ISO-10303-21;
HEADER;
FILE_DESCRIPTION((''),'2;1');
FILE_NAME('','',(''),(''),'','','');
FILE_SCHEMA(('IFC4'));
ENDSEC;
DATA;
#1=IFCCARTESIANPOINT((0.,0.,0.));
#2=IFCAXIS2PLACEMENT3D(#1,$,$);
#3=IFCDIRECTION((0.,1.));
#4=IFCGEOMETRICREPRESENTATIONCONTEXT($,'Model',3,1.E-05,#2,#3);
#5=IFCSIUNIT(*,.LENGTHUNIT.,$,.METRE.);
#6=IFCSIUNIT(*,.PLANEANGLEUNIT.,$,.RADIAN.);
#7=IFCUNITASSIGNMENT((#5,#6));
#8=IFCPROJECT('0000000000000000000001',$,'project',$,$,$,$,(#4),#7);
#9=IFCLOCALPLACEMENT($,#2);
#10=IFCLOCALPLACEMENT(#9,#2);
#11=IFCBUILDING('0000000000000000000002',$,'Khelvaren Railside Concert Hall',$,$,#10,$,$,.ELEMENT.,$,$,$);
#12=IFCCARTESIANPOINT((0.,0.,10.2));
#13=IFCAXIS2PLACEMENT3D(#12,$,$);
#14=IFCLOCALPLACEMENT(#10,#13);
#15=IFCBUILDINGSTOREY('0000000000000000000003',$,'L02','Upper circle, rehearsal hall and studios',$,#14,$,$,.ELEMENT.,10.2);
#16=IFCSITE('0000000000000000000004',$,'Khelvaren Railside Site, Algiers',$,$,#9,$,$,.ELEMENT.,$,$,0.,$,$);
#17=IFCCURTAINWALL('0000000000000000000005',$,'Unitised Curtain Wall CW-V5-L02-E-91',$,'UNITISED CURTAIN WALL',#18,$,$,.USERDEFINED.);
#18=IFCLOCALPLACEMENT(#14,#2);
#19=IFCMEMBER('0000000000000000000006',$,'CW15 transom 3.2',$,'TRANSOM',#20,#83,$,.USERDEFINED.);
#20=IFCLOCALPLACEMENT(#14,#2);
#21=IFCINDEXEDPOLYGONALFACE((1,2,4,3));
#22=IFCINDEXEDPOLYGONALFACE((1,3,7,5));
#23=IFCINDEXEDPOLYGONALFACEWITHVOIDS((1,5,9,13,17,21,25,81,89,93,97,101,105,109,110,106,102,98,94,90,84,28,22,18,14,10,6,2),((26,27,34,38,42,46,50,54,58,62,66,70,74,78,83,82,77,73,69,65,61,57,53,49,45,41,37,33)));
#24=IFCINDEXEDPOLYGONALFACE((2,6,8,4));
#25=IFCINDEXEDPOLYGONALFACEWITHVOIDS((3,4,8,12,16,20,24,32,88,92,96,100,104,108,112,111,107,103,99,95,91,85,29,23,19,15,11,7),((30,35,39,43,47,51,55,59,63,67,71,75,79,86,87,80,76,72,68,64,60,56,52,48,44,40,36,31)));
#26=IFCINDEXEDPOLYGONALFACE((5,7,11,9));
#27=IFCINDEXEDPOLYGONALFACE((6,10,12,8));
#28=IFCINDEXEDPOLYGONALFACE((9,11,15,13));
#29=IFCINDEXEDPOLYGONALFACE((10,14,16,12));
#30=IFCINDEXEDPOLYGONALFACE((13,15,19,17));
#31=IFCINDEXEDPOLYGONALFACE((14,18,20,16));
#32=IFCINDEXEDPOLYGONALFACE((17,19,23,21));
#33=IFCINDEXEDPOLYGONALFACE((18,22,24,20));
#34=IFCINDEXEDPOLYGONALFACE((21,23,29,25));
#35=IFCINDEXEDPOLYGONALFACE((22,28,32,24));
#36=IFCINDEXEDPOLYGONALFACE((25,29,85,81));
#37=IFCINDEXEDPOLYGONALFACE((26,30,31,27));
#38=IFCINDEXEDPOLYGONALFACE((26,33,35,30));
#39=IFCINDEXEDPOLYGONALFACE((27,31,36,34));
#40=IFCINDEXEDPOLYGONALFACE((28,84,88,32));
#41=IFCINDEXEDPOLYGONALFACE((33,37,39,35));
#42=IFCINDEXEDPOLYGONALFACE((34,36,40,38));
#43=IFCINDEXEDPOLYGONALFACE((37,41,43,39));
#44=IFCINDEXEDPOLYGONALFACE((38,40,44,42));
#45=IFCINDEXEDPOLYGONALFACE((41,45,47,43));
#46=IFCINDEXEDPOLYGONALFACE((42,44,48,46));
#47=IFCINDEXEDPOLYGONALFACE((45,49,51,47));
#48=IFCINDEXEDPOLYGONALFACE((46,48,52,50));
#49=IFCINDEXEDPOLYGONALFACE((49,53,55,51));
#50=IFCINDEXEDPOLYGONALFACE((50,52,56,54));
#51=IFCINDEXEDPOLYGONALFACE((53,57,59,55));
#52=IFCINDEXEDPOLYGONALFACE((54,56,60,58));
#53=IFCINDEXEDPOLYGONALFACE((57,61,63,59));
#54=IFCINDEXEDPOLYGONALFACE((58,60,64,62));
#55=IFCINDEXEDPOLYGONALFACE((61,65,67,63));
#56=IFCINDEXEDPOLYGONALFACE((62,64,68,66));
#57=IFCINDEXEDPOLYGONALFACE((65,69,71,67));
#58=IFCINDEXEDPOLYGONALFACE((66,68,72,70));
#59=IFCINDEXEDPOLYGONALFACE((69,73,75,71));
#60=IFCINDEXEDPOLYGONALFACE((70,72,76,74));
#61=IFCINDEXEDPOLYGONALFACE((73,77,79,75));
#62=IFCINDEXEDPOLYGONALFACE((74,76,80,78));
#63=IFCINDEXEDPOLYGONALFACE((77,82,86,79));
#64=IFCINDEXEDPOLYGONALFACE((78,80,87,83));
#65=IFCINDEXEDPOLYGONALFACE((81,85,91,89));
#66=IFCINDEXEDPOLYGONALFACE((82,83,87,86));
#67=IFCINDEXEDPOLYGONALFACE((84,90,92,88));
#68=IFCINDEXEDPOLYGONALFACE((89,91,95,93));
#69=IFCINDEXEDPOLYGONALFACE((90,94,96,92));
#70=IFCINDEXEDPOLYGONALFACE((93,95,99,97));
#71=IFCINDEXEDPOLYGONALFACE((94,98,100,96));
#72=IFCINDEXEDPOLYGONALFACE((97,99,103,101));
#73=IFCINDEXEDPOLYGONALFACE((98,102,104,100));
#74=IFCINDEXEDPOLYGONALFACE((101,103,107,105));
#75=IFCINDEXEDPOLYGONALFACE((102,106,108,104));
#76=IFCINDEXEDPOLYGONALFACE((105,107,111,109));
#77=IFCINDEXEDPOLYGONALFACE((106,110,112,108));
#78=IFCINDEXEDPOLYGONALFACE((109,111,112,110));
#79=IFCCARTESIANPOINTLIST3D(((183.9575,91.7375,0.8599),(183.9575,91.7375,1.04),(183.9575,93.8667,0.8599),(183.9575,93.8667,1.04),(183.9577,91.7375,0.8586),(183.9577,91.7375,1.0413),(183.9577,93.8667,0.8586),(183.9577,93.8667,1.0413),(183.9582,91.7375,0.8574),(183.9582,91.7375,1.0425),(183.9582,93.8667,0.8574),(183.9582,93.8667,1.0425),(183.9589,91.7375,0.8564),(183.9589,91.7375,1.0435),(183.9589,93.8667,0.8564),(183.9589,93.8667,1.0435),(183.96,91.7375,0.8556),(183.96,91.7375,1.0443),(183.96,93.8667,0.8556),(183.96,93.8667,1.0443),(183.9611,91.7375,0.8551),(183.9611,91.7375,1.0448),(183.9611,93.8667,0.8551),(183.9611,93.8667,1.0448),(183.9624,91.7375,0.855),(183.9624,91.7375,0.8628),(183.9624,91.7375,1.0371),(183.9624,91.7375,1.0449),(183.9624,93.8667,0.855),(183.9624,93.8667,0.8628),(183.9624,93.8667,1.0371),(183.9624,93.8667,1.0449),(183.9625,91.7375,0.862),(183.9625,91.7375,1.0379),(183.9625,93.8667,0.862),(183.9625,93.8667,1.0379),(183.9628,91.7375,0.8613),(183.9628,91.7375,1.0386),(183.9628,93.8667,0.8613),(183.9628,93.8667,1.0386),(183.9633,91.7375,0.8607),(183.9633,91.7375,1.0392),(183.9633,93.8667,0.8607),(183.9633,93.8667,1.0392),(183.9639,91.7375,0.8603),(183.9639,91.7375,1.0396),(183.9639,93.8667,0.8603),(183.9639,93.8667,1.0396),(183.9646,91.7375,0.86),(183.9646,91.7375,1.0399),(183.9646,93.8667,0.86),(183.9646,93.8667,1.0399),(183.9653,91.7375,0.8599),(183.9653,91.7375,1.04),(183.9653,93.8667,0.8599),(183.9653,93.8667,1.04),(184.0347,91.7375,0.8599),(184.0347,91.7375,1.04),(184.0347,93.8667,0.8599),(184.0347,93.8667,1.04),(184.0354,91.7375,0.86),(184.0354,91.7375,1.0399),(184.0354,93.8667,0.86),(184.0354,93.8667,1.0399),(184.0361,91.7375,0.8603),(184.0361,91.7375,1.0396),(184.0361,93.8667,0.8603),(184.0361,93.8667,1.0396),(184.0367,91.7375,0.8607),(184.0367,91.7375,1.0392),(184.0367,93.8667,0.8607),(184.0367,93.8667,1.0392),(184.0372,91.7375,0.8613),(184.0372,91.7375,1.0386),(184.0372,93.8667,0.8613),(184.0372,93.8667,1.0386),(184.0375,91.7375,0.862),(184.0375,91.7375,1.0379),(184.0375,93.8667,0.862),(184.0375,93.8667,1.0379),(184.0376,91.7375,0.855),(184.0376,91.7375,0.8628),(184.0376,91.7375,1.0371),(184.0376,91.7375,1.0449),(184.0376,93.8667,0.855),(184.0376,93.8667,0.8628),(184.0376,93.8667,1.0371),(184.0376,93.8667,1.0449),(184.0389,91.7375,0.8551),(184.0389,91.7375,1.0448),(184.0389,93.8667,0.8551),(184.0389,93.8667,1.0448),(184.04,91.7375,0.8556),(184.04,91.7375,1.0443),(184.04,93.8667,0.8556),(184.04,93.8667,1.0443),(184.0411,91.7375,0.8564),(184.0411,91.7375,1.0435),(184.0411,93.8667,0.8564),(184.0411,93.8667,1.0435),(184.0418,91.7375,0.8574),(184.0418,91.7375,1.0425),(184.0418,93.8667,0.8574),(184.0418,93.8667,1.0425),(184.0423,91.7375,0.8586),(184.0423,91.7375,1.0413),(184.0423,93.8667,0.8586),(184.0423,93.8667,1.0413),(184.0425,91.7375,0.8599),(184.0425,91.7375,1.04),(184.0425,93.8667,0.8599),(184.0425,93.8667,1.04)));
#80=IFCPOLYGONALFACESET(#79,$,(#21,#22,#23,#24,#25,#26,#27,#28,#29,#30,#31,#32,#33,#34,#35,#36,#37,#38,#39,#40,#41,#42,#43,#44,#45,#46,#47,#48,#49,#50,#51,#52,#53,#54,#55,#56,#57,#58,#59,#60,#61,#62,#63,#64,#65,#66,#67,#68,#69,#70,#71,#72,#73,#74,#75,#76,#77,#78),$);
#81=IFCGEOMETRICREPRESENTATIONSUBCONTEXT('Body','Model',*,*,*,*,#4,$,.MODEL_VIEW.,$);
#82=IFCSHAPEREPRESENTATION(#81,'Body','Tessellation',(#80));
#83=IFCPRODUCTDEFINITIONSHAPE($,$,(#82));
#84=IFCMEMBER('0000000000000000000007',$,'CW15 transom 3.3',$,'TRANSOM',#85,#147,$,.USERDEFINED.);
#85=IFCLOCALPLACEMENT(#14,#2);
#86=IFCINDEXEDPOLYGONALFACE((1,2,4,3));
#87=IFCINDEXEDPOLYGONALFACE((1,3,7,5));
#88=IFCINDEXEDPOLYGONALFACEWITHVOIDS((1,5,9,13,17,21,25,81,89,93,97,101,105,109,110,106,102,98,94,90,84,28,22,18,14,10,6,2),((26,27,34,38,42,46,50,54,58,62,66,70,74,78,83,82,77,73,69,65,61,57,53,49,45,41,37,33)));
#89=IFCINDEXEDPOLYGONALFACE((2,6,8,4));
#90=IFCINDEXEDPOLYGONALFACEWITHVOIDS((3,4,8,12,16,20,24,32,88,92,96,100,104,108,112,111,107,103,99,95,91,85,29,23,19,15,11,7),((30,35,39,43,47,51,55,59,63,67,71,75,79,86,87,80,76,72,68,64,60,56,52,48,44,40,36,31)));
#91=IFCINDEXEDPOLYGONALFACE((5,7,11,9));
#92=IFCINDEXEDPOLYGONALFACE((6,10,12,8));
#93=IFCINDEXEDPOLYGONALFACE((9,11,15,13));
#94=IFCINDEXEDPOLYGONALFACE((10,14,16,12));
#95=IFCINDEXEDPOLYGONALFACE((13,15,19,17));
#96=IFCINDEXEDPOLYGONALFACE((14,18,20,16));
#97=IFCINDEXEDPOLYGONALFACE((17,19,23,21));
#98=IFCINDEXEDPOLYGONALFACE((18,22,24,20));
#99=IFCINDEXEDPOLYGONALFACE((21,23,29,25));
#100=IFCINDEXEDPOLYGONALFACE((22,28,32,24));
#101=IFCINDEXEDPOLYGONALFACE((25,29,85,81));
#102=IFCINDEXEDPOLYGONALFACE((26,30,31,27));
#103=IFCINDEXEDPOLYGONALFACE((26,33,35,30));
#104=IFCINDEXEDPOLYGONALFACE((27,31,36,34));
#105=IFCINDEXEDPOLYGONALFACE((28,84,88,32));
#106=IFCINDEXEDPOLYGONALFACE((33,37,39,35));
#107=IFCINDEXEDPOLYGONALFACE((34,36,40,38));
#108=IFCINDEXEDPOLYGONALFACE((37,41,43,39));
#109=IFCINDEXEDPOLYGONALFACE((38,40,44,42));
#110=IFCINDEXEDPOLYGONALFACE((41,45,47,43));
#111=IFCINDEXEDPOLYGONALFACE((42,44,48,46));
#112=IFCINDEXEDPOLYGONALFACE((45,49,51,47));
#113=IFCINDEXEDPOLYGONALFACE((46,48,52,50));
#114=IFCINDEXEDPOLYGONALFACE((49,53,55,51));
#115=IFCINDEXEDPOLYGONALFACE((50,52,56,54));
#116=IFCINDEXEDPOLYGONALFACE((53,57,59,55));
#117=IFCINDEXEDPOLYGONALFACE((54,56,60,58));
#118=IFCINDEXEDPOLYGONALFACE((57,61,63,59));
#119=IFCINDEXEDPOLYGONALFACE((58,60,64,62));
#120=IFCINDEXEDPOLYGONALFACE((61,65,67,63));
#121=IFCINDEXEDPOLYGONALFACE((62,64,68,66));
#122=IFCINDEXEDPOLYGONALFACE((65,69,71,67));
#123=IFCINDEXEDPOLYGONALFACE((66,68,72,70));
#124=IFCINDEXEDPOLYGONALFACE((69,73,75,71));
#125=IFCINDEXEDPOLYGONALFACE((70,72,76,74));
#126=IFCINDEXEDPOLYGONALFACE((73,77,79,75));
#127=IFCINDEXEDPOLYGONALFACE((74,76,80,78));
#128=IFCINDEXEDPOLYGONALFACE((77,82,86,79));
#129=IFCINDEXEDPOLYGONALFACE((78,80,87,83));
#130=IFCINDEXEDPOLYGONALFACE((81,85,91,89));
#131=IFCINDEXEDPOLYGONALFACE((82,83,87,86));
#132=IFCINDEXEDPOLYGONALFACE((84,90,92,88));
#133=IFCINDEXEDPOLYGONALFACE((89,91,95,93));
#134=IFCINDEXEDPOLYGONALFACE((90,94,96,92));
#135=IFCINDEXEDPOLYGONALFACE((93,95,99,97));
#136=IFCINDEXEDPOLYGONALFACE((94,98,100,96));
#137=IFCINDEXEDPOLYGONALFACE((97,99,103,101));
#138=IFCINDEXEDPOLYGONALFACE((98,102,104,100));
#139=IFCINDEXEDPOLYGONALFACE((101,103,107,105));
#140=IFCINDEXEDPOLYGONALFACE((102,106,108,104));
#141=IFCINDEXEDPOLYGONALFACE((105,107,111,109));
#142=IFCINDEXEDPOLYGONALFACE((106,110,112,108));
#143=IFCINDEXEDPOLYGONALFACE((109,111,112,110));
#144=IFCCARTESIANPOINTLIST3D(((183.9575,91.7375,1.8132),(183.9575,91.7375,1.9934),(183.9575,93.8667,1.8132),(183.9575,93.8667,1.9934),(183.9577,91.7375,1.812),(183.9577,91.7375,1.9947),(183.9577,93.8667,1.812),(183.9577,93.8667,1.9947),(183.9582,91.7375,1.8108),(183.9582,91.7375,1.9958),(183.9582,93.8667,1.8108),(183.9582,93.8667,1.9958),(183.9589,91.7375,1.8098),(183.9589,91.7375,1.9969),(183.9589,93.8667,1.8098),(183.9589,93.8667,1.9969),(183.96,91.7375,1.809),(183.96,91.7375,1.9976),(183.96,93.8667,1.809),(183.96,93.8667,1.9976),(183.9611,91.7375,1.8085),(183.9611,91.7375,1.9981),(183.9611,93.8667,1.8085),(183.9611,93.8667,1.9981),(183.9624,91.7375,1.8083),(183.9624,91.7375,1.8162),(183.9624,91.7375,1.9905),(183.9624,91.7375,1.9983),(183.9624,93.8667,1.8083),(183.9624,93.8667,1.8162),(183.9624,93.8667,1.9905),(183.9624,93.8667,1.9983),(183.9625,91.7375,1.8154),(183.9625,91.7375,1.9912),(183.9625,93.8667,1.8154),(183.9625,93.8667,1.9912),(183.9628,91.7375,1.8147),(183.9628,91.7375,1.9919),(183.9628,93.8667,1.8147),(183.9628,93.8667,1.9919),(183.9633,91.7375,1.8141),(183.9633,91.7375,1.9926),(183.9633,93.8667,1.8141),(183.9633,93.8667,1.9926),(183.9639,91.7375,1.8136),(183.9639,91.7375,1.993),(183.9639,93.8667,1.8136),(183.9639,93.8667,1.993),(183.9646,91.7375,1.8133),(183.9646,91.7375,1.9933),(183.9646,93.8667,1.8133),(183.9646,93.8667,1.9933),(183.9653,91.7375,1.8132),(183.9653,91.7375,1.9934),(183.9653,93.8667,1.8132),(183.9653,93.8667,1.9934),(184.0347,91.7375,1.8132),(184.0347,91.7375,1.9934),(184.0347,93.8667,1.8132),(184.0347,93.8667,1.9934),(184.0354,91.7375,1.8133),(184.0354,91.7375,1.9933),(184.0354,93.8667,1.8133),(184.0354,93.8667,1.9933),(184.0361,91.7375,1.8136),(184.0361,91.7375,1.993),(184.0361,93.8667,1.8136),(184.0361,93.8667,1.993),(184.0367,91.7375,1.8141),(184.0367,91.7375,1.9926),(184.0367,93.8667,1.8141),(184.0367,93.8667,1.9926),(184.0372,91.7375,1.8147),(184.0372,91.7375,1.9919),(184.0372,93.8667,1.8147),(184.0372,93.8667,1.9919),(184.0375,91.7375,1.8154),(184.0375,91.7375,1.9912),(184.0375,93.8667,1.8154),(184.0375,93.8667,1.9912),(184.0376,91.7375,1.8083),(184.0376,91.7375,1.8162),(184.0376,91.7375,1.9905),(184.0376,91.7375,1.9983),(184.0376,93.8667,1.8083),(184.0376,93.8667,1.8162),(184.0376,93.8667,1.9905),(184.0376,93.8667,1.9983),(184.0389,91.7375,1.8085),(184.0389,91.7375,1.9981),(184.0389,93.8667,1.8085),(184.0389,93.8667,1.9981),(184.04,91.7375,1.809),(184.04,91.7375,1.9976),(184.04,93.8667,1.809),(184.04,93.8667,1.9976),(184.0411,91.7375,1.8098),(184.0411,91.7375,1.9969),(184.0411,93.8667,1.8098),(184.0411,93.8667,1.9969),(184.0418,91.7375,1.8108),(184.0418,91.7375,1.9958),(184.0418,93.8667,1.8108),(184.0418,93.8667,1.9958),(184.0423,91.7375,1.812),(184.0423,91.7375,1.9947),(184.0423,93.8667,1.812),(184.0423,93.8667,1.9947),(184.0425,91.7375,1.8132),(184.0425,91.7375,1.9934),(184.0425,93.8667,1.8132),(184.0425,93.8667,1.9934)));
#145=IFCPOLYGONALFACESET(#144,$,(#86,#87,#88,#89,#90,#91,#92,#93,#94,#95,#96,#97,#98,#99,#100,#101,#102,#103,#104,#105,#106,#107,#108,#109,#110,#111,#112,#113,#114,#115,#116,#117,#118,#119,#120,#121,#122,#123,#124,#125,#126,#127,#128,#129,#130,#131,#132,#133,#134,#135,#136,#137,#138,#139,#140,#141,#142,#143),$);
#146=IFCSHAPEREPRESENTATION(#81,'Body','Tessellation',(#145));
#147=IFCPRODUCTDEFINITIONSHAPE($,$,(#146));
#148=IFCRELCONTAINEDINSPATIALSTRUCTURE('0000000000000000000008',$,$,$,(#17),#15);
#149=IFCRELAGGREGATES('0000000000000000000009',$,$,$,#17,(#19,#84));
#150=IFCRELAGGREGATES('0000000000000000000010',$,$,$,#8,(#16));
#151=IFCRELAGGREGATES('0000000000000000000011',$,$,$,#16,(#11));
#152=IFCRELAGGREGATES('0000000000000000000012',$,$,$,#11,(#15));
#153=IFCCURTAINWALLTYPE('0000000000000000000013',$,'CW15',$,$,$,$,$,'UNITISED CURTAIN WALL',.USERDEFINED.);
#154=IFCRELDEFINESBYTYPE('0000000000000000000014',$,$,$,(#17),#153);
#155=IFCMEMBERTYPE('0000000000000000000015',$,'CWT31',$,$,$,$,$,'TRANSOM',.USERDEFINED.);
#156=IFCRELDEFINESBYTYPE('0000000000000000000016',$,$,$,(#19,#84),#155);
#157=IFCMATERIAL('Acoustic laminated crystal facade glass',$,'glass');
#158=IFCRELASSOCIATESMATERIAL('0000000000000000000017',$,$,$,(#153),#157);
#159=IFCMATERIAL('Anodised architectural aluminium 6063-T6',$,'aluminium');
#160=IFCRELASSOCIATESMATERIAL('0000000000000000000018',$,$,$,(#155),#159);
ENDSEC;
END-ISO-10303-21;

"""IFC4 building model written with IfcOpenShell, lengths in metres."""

from ifc_helpers import new_model, si_unit, direction, frame, origin, origin_2d, place, context, subcontext, project, spatial, hollow_rectangle, extrude, material, material_profile, profile_set, type_object, element, aggregate, save


model = new_model("IFC4")

# Units and contexts
model_context = context("Model", 3, precision=1e-05, world=origin(), true_north=direction((0.0, 1.0)))
body_context = subcontext(model_context, "Body", "Model", "MODEL_VIEW")
ifc_project = project(units=[si_unit("LENGTHUNIT", "METRE"), si_unit("PLANEANGLEUNIT", "RADIAN")], contexts=[model_context])

# Site, building, storey
site_placement = place(None, origin())
site = spatial("IfcSite", under=ifc_project, at=site_placement, Name="Khelvaren Railside Site, Algiers", CompositionType="ELEMENT", RefElevation=0.0)
building_placement = place(site_placement, origin())
building = spatial("IfcBuilding", under=site, at=building_placement, Name="Khelvaren Railside Concert Hall", CompositionType="ELEMENT")
storey_placement = place(building_placement, frame((0.0, 0.0, 10.2)))
storey = spatial("IfcBuildingStorey", under=building, at=storey_placement, Name="L02", Description="Upper circle, rehearsal hall and studios", CompositionType="ELEMENT", Elevation=10.2)

# Curtain wall
ifc_material_1 = material(Name="Acoustic laminated crystal facade glass", Category="glass")
curtain_wall_type_1 = type_object("IfcCurtainWallType", Name="CW15", ElementType="UNITISED CURTAIN WALL", PredefinedType="USERDEFINED", material=ifc_material_1)
curtain_wall_1_placement = place(storey_placement, origin())
curtain_wall_1 = element("IfcCurtainWall", 1, at=curtain_wall_1_placement, inside=storey, type_object=curtain_wall_type_1, Name="Unitised Curtain Wall CW-V5-L02-E-91", ObjectType="UNITISED CURTAIN WALL", PredefinedType="USERDEFINED")
ifc_material_2 = material(Name="Anodised architectural aluminium 6063-T6", Category="aluminium")

# Members
ifc_material_profile_1 = material_profile(ifc_material_2, hollow_rectangle(XDim=0.085, YDim=0.1899, WallThickness=0.0049, InnerFilletRadius=0.0029, OuterFilletRadius=0.0049, at=origin_2d()), Name="CWT 85x190x5")
ifc_profile_set_1 = profile_set([ifc_material_profile_1], Name="Anodised architectural aluminium 6063-T6")
member_type_1 = type_object("IfcMemberType", Name="CWT31", ElementType="TRANSOM", PredefinedType="USERDEFINED", material=ifc_profile_set_1)
member_1_placement = place(storey_placement, frame((184.0, 93.8667, 0.95), z_axis=(0.0, -1.0, 0.0), x_axis=(1.0, 0.0, 0.0)))
member_1 = element("IfcMember", 2, at=member_1_placement, type_object=member_type_1, Name="CW15 transom 3.2", ObjectType="TRANSOM", PredefinedType="USERDEFINED", context=body_context, shape_type="SweptSolid", body=[
    extrude(hollow_rectangle(XDim=0.085, YDim=0.1899, WallThickness=0.0049, InnerFilletRadius=0.0029, OuterFilletRadius=0.0049, at=origin_2d()), origin(), (0.0, 0.0, 1.0), 2.1292),
])
member_2_placement = place(storey_placement, frame((184.0, 93.8667, 1.9033), z_axis=(0.0, -1.0, 0.0), x_axis=(1.0, 0.0, 0.0)))
member_2 = element("IfcMember", 3, at=member_2_placement, type_object=member_type_1, Name="CW15 transom 3.3", ObjectType="TRANSOM", PredefinedType="USERDEFINED", context=body_context, shape_type="SweptSolid", body=[
    extrude(hollow_rectangle(XDim=0.085, YDim=0.1899, WallThickness=0.0049, InnerFilletRadius=0.0029, OuterFilletRadius=0.0049, at=origin_2d()), origin(), (0.0, 0.0, 1.0), 2.1292),
])

aggregate(curtain_wall_1, [member_1, member_2])

save(model, "model.ifc")
